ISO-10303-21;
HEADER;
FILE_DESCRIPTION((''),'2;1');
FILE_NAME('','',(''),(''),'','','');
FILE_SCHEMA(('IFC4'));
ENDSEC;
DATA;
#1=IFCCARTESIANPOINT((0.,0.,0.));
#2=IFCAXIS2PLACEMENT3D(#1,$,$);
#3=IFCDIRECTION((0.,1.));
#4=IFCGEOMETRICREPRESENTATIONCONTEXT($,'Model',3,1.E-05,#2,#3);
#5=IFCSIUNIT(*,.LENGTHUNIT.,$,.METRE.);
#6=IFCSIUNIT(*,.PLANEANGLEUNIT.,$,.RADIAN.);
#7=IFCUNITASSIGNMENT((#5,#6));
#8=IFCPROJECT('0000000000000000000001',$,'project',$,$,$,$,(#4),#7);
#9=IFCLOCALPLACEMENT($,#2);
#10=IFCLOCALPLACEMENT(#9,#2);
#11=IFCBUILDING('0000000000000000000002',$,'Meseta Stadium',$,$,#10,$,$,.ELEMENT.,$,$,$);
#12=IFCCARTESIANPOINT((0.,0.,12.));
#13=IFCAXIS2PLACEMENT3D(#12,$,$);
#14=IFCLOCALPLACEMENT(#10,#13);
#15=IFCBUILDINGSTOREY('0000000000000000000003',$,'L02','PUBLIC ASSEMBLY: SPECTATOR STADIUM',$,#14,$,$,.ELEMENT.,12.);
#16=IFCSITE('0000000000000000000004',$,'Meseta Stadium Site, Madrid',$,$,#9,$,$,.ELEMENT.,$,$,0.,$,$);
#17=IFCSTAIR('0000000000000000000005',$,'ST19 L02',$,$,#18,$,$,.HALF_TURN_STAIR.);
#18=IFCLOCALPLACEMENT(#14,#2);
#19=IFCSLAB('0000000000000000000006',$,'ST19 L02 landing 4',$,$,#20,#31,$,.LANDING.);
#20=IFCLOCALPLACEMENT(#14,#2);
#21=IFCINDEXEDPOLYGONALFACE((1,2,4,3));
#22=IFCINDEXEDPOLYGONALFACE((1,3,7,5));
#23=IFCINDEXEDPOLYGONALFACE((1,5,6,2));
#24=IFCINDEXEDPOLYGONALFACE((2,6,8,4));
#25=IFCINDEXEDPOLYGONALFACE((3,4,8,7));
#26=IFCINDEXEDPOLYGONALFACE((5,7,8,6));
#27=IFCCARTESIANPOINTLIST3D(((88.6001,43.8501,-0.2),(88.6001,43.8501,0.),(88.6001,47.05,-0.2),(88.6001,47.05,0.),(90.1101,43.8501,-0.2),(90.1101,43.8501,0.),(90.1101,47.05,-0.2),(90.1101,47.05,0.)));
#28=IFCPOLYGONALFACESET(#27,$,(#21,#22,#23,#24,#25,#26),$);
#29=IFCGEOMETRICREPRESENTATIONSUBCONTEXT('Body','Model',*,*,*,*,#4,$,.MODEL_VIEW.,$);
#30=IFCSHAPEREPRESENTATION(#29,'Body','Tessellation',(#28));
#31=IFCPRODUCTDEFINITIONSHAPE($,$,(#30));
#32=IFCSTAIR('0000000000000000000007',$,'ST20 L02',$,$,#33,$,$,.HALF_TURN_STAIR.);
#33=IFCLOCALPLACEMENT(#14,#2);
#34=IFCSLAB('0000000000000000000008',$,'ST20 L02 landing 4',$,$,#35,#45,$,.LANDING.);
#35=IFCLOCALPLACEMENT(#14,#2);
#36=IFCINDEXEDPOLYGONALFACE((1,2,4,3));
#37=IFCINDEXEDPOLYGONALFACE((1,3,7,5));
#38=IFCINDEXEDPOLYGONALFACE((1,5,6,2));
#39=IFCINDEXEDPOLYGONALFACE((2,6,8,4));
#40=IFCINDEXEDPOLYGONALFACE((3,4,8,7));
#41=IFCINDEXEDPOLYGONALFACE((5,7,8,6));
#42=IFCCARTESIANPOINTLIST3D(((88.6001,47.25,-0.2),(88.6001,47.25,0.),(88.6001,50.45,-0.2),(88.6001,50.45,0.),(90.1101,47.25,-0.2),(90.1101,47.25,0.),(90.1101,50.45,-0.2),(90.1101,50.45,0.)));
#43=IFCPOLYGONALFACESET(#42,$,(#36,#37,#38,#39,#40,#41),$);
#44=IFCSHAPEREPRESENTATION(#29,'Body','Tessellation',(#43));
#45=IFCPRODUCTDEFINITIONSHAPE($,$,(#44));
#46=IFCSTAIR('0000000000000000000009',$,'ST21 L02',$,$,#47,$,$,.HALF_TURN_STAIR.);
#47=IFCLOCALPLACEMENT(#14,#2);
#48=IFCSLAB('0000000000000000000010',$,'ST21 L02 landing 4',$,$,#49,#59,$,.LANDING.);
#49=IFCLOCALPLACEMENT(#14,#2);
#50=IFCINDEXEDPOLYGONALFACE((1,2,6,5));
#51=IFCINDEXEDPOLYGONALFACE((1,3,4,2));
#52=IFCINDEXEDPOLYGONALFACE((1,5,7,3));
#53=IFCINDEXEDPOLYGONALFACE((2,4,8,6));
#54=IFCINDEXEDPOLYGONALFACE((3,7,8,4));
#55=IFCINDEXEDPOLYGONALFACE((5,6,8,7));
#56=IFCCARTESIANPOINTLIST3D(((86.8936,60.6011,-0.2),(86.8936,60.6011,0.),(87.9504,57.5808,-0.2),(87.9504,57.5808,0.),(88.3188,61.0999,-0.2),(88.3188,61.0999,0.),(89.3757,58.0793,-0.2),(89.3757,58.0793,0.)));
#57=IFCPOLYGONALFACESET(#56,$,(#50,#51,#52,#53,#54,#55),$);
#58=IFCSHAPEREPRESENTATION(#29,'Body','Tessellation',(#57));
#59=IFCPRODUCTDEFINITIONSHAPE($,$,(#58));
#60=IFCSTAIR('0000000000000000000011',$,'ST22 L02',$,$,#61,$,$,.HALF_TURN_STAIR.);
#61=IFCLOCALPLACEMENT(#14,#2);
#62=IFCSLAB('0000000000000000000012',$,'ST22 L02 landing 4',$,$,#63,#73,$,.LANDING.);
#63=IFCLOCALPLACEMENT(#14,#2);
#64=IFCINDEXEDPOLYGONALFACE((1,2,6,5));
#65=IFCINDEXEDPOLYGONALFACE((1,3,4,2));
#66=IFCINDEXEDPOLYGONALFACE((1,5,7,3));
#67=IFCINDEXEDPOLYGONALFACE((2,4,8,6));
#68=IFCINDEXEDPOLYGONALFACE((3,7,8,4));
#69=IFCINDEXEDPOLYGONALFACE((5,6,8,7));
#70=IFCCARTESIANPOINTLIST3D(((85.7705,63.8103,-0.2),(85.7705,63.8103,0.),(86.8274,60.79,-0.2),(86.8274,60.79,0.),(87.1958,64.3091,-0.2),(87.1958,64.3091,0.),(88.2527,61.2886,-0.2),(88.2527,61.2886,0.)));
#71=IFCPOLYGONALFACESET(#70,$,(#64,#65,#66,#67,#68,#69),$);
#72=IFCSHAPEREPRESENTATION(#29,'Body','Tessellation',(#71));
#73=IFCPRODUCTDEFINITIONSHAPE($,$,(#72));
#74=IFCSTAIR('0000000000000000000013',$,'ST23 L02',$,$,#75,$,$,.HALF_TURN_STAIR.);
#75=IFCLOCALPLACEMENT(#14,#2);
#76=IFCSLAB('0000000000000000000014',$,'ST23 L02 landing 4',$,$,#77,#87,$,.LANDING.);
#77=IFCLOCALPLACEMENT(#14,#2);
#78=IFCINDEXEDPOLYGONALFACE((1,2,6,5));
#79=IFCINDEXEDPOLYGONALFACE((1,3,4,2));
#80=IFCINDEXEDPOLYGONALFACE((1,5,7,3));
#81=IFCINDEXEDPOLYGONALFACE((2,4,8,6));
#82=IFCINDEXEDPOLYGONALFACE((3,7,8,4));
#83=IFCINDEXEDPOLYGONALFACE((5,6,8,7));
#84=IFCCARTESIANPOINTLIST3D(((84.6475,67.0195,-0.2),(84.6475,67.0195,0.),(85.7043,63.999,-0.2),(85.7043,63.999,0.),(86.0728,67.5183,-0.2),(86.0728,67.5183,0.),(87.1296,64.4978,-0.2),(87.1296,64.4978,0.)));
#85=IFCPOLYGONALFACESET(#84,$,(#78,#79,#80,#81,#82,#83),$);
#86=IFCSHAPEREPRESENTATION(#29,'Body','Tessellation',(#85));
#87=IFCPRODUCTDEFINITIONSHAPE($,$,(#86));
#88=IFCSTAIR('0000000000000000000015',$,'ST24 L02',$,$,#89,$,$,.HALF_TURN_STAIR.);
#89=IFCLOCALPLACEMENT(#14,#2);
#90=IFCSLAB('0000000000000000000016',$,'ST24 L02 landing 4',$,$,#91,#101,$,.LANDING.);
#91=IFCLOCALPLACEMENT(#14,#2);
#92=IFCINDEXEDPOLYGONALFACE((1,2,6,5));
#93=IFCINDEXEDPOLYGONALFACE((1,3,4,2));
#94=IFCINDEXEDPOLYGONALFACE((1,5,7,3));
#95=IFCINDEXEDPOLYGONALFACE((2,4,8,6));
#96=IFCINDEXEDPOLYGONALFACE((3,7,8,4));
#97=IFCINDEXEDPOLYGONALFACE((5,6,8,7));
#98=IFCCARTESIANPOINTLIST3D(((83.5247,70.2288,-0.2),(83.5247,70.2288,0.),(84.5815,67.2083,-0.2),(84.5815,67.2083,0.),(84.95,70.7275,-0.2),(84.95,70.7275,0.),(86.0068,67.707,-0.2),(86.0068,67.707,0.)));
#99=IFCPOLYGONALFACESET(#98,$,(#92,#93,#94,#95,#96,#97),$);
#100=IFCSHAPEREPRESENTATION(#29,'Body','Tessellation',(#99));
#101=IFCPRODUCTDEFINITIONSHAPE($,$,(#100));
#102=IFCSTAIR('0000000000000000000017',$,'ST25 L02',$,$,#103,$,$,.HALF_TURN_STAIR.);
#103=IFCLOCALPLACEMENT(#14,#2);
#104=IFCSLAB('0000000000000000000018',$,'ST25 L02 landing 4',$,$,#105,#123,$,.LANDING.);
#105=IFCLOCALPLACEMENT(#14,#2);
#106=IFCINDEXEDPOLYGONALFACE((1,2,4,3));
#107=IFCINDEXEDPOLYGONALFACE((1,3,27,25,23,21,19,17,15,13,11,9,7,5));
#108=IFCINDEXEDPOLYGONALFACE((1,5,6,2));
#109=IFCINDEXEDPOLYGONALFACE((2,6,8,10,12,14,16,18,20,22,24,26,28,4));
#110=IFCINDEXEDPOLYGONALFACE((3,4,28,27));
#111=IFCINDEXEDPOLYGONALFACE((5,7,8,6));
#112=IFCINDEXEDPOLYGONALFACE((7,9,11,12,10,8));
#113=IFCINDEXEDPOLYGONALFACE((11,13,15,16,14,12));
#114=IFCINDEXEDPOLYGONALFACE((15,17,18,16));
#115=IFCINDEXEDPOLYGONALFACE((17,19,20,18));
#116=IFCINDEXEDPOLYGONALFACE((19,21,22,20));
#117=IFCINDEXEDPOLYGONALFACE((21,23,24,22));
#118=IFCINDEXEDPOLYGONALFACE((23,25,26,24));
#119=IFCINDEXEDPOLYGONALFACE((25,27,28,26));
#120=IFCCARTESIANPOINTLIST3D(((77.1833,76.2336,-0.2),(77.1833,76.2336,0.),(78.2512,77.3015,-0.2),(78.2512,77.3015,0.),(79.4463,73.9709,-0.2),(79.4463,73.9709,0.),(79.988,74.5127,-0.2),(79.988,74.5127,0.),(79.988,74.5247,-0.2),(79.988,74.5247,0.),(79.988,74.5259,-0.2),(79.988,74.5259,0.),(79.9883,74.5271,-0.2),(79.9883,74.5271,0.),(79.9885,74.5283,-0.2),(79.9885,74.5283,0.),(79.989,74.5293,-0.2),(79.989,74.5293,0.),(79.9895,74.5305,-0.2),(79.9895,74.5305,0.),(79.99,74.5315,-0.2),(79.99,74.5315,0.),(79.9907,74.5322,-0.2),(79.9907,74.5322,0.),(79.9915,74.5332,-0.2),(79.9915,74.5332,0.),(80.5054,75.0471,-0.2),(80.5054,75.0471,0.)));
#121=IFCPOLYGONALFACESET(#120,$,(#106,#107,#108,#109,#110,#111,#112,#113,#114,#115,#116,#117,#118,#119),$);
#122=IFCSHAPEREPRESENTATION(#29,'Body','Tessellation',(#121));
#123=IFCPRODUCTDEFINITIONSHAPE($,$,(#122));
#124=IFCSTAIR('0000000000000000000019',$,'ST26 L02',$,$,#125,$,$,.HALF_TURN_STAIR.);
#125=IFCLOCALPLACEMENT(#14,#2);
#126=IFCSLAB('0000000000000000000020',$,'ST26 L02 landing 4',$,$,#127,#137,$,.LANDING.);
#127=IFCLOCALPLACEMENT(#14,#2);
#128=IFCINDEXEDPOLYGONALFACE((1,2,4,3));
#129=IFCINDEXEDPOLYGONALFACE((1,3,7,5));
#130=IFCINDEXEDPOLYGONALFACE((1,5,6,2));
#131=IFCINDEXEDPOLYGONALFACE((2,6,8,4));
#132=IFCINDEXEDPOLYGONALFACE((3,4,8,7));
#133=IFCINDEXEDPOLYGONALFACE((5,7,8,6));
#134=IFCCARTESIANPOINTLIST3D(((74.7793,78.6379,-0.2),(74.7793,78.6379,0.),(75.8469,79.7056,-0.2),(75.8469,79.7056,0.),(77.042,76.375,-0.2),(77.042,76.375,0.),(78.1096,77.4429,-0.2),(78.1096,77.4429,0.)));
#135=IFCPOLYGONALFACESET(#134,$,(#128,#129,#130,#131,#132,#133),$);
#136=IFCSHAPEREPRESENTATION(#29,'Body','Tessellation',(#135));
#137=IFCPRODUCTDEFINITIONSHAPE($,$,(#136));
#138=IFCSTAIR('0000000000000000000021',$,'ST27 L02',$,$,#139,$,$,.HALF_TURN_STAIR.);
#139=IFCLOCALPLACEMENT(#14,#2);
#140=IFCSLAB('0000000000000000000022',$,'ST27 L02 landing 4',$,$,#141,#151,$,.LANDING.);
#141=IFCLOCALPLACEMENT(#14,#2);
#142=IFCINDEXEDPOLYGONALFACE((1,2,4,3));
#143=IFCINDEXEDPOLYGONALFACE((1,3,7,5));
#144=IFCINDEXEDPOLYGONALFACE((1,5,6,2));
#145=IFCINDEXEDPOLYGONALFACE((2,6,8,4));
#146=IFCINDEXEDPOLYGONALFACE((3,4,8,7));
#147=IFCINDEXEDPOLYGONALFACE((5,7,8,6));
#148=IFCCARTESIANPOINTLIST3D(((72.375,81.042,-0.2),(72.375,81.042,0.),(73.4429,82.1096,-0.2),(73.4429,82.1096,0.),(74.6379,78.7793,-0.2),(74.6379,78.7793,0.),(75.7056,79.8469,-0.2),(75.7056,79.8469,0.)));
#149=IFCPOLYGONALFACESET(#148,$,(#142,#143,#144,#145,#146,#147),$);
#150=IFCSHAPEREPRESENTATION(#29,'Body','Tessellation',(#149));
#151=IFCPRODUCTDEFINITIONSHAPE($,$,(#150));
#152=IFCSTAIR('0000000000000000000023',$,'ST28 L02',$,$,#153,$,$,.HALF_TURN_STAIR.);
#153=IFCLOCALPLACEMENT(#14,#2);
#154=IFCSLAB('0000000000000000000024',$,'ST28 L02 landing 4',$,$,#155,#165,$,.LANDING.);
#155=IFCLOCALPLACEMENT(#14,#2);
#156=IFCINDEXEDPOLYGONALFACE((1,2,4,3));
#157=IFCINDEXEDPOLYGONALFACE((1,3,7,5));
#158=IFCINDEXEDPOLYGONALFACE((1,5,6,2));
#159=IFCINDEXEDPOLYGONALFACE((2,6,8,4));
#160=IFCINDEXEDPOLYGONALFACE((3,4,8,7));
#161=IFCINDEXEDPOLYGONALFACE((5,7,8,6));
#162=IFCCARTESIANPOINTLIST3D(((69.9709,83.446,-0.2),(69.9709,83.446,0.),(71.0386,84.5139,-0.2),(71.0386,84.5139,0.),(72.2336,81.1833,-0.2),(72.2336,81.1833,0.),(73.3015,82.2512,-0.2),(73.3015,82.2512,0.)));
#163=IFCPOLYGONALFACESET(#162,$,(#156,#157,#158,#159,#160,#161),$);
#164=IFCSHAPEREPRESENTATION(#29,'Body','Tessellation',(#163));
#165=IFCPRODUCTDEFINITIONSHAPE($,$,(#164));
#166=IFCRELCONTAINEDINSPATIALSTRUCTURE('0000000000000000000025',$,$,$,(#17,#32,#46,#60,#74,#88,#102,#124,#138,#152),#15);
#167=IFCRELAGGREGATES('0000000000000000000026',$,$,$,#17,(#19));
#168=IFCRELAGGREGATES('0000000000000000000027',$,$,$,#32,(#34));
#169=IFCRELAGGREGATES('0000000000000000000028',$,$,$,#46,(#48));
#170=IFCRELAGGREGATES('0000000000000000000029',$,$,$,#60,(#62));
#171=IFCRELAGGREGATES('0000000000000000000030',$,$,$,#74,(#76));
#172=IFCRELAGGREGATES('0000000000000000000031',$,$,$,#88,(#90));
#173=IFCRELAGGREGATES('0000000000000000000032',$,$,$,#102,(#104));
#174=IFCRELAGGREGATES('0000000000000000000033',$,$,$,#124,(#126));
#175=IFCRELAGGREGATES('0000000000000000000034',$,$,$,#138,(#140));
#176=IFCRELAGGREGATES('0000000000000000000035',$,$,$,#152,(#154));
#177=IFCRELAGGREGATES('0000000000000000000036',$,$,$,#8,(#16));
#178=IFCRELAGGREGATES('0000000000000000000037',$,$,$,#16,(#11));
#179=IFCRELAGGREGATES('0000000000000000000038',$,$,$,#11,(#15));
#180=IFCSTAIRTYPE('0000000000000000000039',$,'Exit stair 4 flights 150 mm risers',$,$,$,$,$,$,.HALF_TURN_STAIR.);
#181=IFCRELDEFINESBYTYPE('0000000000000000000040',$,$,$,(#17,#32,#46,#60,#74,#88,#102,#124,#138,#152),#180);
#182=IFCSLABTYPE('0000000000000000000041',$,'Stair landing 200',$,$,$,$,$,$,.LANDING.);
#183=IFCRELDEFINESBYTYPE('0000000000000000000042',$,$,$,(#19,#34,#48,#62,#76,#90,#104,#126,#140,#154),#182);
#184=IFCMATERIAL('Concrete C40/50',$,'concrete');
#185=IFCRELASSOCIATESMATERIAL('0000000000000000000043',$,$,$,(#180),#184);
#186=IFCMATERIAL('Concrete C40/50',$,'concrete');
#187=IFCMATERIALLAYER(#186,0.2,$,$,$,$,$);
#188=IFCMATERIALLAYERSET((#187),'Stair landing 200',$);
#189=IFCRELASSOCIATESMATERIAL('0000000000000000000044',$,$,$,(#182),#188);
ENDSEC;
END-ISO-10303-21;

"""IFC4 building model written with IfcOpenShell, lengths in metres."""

from ifc_helpers import new_model, si_unit, direction, frame, origin, place, context, subcontext, project, spatial, polyline, outline, extrude, material, layer, layer_set, type_object, element, aggregate, save


model = new_model("IFC4")

# Units and contexts
model_context = context("Model", 3, precision=1e-05, world=origin(), true_north=direction((0.0, 1.0)))
body_context = subcontext(model_context, "Body", "Model", "MODEL_VIEW")
ifc_project = project(units=[si_unit("LENGTHUNIT", "METRE"), si_unit("PLANEANGLEUNIT", "RADIAN")], contexts=[model_context])

# Site, building, storey
site_placement = place(None, origin())
site = spatial("IfcSite", under=ifc_project, at=site_placement, Name="Meseta Stadium Site, Madrid", CompositionType="ELEMENT", RefElevation=0.0)
building_placement = place(site_placement, origin())
building = spatial("IfcBuilding", under=site, at=building_placement, Name="Meseta Stadium", CompositionType="ELEMENT")
storey_placement = place(building_placement, frame((0.0, 0.0, 12.0)))
storey = spatial("IfcBuildingStorey", under=building, at=storey_placement, Name="L02", Description="PUBLIC ASSEMBLY: SPECTATOR STADIUM", CompositionType="ELEMENT", Elevation=12.0)

# Stairs, slabs
ifc_material_1 = material(Name="Concrete C40/50", Category="concrete")
stair_type = type_object("IfcStairType", Name="Exit stair 4 flights 150 mm risers", PredefinedType="HALF_TURN_STAIR", material=ifc_material_1)
ifc_material_2 = material(Name="Concrete C40/50", Category="concrete")
ifc_layer_1 = layer(ifc_material_2, 0.2)
ifc_layer_set_1 = layer_set([ifc_layer_1], Name="Stair landing 200")
slab_type_1 = type_object("IfcSlabType", Name="Stair landing 200", PredefinedType="LANDING", material=ifc_layer_set_1)
stair_1_placement = place(storey_placement, origin())
stair_1 = element("IfcStair", 1, at=stair_1_placement, inside=storey, type_object=stair_type, Name="ST19 L02", PredefinedType="HALF_TURN_STAIR")
slab_1_placement = place(storey_placement, frame((0.0, 0.0, -0.2)))
slab_1 = element("IfcSlab", 2, at=slab_1_placement, type_object=slab_type_1, Name="ST19 L02 landing 4", PredefinedType="LANDING", context=body_context, shape_type="SweptSolid", body=[
    extrude(outline(polyline([(88.6001, 43.8501), (90.1101, 43.8501), (90.1101, 47.05), (88.6001, 47.05), (88.6001, 43.8501)])), origin(), (0.0, 0.0, 1.0), 0.2),
])
aggregate(stair_1, [slab_1])
stair_2_placement = place(storey_placement, origin())
stair_2 = element("IfcStair", 3, at=stair_2_placement, inside=storey, type_object=stair_type, Name="ST20 L02", PredefinedType="HALF_TURN_STAIR")
slab_2_placement = place(storey_placement, frame((0.0, 0.0, -0.2)))
slab_2 = element("IfcSlab", 4, at=slab_2_placement, type_object=slab_type_1, Name="ST20 L02 landing 4", PredefinedType="LANDING", context=body_context, shape_type="SweptSolid", body=[
    extrude(outline(polyline([(88.6001, 47.25), (90.1101, 47.25), (90.1101, 50.45), (88.6001, 50.45), (88.6001, 47.25)])), origin(), (0.0, 0.0, 1.0), 0.2),
])
aggregate(stair_2, [slab_2])
stair_3_placement = place(storey_placement, origin())
stair_3 = element("IfcStair", 5, at=stair_3_placement, inside=storey, type_object=stair_type, Name="ST21 L02", PredefinedType="HALF_TURN_STAIR")
slab_3_placement = place(storey_placement, frame((0.0, 0.0, -0.2)))
slab_3 = element("IfcSlab", 6, at=slab_3_placement, type_object=slab_type_1, Name="ST21 L02 landing 4", PredefinedType="LANDING", context=body_context, shape_type="SweptSolid", body=[
    extrude(outline(polyline([(87.9504, 57.5808), (89.3757, 58.0793), (88.3188, 61.0999), (86.8936, 60.6011), (87.9504, 57.5808)])), origin(), (0.0, 0.0, 1.0), 0.2),
])
aggregate(stair_3, [slab_3])
stair_4_placement = place(storey_placement, origin())
stair_4 = element("IfcStair", 7, at=stair_4_placement, inside=storey, type_object=stair_type, Name="ST22 L02", PredefinedType="HALF_TURN_STAIR")
slab_4_placement = place(storey_placement, frame((0.0, 0.0, -0.2)))
slab_4 = element("IfcSlab", 8, at=slab_4_placement, type_object=slab_type_1, Name="ST22 L02 landing 4", PredefinedType="LANDING", context=body_context, shape_type="SweptSolid", body=[
    extrude(outline(polyline([(86.8274, 60.79), (88.2527, 61.2886), (87.1958, 64.3091), (85.7705, 63.8103), (86.8274, 60.79)])), origin(), (0.0, 0.0, 1.0), 0.2),
])
aggregate(stair_4, [slab_4])
stair_5_placement = place(storey_placement, origin())
stair_5 = element("IfcStair", 9, at=stair_5_placement, inside=storey, type_object=stair_type, Name="ST23 L02", PredefinedType="HALF_TURN_STAIR")
slab_5_placement = place(storey_placement, frame((0.0, 0.0, -0.2)))
slab_5 = element("IfcSlab", 10, at=slab_5_placement, type_object=slab_type_1, Name="ST23 L02 landing 4", PredefinedType="LANDING", context=body_context, shape_type="SweptSolid", body=[
    extrude(outline(polyline([(85.7043, 63.999), (87.1296, 64.4978), (86.0728, 67.5183), (84.6475, 67.0195), (85.7043, 63.999)])), origin(), (0.0, 0.0, 1.0), 0.2),
])
aggregate(stair_5, [slab_5])
stair_6_placement = place(storey_placement, origin())
stair_6 = element("IfcStair", 11, at=stair_6_placement, inside=storey, type_object=stair_type, Name="ST24 L02", PredefinedType="HALF_TURN_STAIR")
slab_6_placement = place(storey_placement, frame((0.0, 0.0, -0.2)))
slab_6 = element("IfcSlab", 12, at=slab_6_placement, type_object=slab_type_1, Name="ST24 L02 landing 4", PredefinedType="LANDING", context=body_context, shape_type="SweptSolid", body=[
    extrude(outline(polyline([(84.5815, 67.2083), (86.0068, 67.707), (84.95, 70.7275), (83.5247, 70.2288), (84.5815, 67.2083)])), origin(), (0.0, 0.0, 1.0), 0.2),
])
aggregate(stair_6, [slab_6])
stair_7_placement = place(storey_placement, origin())
stair_7 = element("IfcStair", 13, at=stair_7_placement, inside=storey, type_object=stair_type, Name="ST25 L02", PredefinedType="HALF_TURN_STAIR")
slab_7_placement = place(storey_placement, frame((0.0, 0.0, -0.2)))
slab_7 = element("IfcSlab", 14, at=slab_7_placement, type_object=slab_type_1, Name="ST25 L02 landing 4", PredefinedType="LANDING", context=body_context, shape_type="SweptSolid", body=[
    extrude(outline(polyline([(79.4463, 73.9709), (79.988, 74.5127), (79.988, 74.5247), (79.988, 74.5259), (79.9883, 74.5271), (79.9885, 74.5283), (79.989, 74.5293), (79.9895, 74.5305), (79.99, 74.5315), (79.9907, 74.5322), (79.9915, 74.5332), (80.5054, 75.0471), (78.2512, 77.3015), (77.1833, 76.2336), (79.4463, 73.9709)])), origin(), (0.0, 0.0, 1.0), 0.2),
])
aggregate(stair_7, [slab_7])
stair_8_placement = place(storey_placement, origin())
stair_8 = element("IfcStair", 15, at=stair_8_placement, inside=storey, type_object=stair_type, Name="ST26 L02", PredefinedType="HALF_TURN_STAIR")
slab_8_placement = place(storey_placement, frame((0.0, 0.0, -0.2)))
slab_8 = element("IfcSlab", 16, at=slab_8_placement, type_object=slab_type_1, Name="ST26 L02 landing 4", PredefinedType="LANDING", context=body_context, shape_type="SweptSolid", body=[
    extrude(outline(polyline([(77.042, 76.375), (78.1096, 77.4429), (75.8469, 79.7056), (74.7793, 78.6379), (77.042, 76.375)])), origin(), (0.0, 0.0, 1.0), 0.2),
])
aggregate(stair_8, [slab_8])
stair_9_placement = place(storey_placement, origin())
stair_9 = element("IfcStair", 17, at=stair_9_placement, inside=storey, type_object=stair_type, Name="ST27 L02", PredefinedType="HALF_TURN_STAIR")
slab_9_placement = place(storey_placement, frame((0.0, 0.0, -0.2)))
slab_9 = element("IfcSlab", 18, at=slab_9_placement, type_object=slab_type_1, Name="ST27 L02 landing 4", PredefinedType="LANDING", context=body_context, shape_type="SweptSolid", body=[
    extrude(outline(polyline([(74.6379, 78.7793), (75.7056, 79.8469), (73.4429, 82.1096), (72.375, 81.042), (74.6379, 78.7793)])), origin(), (0.0, 0.0, 1.0), 0.2),
])
aggregate(stair_9, [slab_9])
stair_10_placement = place(storey_placement, origin())
stair_10 = element("IfcStair", 19, at=stair_10_placement, inside=storey, type_object=stair_type, Name="ST28 L02", PredefinedType="HALF_TURN_STAIR")
slab_10_placement = place(storey_placement, frame((0.0, 0.0, -0.2)))
slab_10 = element("IfcSlab", 20, at=slab_10_placement, type_object=slab_type_1, Name="ST28 L02 landing 4", PredefinedType="LANDING", context=body_context, shape_type="SweptSolid", body=[
    extrude(outline(polyline([(72.2336, 81.1833), (73.3015, 82.2512), (71.0386, 84.5139), (69.9709, 83.446), (72.2336, 81.1833)])), origin(), (0.0, 0.0, 1.0), 0.2),
])
aggregate(stair_10, [slab_10])

save(model, "model.ifc")
